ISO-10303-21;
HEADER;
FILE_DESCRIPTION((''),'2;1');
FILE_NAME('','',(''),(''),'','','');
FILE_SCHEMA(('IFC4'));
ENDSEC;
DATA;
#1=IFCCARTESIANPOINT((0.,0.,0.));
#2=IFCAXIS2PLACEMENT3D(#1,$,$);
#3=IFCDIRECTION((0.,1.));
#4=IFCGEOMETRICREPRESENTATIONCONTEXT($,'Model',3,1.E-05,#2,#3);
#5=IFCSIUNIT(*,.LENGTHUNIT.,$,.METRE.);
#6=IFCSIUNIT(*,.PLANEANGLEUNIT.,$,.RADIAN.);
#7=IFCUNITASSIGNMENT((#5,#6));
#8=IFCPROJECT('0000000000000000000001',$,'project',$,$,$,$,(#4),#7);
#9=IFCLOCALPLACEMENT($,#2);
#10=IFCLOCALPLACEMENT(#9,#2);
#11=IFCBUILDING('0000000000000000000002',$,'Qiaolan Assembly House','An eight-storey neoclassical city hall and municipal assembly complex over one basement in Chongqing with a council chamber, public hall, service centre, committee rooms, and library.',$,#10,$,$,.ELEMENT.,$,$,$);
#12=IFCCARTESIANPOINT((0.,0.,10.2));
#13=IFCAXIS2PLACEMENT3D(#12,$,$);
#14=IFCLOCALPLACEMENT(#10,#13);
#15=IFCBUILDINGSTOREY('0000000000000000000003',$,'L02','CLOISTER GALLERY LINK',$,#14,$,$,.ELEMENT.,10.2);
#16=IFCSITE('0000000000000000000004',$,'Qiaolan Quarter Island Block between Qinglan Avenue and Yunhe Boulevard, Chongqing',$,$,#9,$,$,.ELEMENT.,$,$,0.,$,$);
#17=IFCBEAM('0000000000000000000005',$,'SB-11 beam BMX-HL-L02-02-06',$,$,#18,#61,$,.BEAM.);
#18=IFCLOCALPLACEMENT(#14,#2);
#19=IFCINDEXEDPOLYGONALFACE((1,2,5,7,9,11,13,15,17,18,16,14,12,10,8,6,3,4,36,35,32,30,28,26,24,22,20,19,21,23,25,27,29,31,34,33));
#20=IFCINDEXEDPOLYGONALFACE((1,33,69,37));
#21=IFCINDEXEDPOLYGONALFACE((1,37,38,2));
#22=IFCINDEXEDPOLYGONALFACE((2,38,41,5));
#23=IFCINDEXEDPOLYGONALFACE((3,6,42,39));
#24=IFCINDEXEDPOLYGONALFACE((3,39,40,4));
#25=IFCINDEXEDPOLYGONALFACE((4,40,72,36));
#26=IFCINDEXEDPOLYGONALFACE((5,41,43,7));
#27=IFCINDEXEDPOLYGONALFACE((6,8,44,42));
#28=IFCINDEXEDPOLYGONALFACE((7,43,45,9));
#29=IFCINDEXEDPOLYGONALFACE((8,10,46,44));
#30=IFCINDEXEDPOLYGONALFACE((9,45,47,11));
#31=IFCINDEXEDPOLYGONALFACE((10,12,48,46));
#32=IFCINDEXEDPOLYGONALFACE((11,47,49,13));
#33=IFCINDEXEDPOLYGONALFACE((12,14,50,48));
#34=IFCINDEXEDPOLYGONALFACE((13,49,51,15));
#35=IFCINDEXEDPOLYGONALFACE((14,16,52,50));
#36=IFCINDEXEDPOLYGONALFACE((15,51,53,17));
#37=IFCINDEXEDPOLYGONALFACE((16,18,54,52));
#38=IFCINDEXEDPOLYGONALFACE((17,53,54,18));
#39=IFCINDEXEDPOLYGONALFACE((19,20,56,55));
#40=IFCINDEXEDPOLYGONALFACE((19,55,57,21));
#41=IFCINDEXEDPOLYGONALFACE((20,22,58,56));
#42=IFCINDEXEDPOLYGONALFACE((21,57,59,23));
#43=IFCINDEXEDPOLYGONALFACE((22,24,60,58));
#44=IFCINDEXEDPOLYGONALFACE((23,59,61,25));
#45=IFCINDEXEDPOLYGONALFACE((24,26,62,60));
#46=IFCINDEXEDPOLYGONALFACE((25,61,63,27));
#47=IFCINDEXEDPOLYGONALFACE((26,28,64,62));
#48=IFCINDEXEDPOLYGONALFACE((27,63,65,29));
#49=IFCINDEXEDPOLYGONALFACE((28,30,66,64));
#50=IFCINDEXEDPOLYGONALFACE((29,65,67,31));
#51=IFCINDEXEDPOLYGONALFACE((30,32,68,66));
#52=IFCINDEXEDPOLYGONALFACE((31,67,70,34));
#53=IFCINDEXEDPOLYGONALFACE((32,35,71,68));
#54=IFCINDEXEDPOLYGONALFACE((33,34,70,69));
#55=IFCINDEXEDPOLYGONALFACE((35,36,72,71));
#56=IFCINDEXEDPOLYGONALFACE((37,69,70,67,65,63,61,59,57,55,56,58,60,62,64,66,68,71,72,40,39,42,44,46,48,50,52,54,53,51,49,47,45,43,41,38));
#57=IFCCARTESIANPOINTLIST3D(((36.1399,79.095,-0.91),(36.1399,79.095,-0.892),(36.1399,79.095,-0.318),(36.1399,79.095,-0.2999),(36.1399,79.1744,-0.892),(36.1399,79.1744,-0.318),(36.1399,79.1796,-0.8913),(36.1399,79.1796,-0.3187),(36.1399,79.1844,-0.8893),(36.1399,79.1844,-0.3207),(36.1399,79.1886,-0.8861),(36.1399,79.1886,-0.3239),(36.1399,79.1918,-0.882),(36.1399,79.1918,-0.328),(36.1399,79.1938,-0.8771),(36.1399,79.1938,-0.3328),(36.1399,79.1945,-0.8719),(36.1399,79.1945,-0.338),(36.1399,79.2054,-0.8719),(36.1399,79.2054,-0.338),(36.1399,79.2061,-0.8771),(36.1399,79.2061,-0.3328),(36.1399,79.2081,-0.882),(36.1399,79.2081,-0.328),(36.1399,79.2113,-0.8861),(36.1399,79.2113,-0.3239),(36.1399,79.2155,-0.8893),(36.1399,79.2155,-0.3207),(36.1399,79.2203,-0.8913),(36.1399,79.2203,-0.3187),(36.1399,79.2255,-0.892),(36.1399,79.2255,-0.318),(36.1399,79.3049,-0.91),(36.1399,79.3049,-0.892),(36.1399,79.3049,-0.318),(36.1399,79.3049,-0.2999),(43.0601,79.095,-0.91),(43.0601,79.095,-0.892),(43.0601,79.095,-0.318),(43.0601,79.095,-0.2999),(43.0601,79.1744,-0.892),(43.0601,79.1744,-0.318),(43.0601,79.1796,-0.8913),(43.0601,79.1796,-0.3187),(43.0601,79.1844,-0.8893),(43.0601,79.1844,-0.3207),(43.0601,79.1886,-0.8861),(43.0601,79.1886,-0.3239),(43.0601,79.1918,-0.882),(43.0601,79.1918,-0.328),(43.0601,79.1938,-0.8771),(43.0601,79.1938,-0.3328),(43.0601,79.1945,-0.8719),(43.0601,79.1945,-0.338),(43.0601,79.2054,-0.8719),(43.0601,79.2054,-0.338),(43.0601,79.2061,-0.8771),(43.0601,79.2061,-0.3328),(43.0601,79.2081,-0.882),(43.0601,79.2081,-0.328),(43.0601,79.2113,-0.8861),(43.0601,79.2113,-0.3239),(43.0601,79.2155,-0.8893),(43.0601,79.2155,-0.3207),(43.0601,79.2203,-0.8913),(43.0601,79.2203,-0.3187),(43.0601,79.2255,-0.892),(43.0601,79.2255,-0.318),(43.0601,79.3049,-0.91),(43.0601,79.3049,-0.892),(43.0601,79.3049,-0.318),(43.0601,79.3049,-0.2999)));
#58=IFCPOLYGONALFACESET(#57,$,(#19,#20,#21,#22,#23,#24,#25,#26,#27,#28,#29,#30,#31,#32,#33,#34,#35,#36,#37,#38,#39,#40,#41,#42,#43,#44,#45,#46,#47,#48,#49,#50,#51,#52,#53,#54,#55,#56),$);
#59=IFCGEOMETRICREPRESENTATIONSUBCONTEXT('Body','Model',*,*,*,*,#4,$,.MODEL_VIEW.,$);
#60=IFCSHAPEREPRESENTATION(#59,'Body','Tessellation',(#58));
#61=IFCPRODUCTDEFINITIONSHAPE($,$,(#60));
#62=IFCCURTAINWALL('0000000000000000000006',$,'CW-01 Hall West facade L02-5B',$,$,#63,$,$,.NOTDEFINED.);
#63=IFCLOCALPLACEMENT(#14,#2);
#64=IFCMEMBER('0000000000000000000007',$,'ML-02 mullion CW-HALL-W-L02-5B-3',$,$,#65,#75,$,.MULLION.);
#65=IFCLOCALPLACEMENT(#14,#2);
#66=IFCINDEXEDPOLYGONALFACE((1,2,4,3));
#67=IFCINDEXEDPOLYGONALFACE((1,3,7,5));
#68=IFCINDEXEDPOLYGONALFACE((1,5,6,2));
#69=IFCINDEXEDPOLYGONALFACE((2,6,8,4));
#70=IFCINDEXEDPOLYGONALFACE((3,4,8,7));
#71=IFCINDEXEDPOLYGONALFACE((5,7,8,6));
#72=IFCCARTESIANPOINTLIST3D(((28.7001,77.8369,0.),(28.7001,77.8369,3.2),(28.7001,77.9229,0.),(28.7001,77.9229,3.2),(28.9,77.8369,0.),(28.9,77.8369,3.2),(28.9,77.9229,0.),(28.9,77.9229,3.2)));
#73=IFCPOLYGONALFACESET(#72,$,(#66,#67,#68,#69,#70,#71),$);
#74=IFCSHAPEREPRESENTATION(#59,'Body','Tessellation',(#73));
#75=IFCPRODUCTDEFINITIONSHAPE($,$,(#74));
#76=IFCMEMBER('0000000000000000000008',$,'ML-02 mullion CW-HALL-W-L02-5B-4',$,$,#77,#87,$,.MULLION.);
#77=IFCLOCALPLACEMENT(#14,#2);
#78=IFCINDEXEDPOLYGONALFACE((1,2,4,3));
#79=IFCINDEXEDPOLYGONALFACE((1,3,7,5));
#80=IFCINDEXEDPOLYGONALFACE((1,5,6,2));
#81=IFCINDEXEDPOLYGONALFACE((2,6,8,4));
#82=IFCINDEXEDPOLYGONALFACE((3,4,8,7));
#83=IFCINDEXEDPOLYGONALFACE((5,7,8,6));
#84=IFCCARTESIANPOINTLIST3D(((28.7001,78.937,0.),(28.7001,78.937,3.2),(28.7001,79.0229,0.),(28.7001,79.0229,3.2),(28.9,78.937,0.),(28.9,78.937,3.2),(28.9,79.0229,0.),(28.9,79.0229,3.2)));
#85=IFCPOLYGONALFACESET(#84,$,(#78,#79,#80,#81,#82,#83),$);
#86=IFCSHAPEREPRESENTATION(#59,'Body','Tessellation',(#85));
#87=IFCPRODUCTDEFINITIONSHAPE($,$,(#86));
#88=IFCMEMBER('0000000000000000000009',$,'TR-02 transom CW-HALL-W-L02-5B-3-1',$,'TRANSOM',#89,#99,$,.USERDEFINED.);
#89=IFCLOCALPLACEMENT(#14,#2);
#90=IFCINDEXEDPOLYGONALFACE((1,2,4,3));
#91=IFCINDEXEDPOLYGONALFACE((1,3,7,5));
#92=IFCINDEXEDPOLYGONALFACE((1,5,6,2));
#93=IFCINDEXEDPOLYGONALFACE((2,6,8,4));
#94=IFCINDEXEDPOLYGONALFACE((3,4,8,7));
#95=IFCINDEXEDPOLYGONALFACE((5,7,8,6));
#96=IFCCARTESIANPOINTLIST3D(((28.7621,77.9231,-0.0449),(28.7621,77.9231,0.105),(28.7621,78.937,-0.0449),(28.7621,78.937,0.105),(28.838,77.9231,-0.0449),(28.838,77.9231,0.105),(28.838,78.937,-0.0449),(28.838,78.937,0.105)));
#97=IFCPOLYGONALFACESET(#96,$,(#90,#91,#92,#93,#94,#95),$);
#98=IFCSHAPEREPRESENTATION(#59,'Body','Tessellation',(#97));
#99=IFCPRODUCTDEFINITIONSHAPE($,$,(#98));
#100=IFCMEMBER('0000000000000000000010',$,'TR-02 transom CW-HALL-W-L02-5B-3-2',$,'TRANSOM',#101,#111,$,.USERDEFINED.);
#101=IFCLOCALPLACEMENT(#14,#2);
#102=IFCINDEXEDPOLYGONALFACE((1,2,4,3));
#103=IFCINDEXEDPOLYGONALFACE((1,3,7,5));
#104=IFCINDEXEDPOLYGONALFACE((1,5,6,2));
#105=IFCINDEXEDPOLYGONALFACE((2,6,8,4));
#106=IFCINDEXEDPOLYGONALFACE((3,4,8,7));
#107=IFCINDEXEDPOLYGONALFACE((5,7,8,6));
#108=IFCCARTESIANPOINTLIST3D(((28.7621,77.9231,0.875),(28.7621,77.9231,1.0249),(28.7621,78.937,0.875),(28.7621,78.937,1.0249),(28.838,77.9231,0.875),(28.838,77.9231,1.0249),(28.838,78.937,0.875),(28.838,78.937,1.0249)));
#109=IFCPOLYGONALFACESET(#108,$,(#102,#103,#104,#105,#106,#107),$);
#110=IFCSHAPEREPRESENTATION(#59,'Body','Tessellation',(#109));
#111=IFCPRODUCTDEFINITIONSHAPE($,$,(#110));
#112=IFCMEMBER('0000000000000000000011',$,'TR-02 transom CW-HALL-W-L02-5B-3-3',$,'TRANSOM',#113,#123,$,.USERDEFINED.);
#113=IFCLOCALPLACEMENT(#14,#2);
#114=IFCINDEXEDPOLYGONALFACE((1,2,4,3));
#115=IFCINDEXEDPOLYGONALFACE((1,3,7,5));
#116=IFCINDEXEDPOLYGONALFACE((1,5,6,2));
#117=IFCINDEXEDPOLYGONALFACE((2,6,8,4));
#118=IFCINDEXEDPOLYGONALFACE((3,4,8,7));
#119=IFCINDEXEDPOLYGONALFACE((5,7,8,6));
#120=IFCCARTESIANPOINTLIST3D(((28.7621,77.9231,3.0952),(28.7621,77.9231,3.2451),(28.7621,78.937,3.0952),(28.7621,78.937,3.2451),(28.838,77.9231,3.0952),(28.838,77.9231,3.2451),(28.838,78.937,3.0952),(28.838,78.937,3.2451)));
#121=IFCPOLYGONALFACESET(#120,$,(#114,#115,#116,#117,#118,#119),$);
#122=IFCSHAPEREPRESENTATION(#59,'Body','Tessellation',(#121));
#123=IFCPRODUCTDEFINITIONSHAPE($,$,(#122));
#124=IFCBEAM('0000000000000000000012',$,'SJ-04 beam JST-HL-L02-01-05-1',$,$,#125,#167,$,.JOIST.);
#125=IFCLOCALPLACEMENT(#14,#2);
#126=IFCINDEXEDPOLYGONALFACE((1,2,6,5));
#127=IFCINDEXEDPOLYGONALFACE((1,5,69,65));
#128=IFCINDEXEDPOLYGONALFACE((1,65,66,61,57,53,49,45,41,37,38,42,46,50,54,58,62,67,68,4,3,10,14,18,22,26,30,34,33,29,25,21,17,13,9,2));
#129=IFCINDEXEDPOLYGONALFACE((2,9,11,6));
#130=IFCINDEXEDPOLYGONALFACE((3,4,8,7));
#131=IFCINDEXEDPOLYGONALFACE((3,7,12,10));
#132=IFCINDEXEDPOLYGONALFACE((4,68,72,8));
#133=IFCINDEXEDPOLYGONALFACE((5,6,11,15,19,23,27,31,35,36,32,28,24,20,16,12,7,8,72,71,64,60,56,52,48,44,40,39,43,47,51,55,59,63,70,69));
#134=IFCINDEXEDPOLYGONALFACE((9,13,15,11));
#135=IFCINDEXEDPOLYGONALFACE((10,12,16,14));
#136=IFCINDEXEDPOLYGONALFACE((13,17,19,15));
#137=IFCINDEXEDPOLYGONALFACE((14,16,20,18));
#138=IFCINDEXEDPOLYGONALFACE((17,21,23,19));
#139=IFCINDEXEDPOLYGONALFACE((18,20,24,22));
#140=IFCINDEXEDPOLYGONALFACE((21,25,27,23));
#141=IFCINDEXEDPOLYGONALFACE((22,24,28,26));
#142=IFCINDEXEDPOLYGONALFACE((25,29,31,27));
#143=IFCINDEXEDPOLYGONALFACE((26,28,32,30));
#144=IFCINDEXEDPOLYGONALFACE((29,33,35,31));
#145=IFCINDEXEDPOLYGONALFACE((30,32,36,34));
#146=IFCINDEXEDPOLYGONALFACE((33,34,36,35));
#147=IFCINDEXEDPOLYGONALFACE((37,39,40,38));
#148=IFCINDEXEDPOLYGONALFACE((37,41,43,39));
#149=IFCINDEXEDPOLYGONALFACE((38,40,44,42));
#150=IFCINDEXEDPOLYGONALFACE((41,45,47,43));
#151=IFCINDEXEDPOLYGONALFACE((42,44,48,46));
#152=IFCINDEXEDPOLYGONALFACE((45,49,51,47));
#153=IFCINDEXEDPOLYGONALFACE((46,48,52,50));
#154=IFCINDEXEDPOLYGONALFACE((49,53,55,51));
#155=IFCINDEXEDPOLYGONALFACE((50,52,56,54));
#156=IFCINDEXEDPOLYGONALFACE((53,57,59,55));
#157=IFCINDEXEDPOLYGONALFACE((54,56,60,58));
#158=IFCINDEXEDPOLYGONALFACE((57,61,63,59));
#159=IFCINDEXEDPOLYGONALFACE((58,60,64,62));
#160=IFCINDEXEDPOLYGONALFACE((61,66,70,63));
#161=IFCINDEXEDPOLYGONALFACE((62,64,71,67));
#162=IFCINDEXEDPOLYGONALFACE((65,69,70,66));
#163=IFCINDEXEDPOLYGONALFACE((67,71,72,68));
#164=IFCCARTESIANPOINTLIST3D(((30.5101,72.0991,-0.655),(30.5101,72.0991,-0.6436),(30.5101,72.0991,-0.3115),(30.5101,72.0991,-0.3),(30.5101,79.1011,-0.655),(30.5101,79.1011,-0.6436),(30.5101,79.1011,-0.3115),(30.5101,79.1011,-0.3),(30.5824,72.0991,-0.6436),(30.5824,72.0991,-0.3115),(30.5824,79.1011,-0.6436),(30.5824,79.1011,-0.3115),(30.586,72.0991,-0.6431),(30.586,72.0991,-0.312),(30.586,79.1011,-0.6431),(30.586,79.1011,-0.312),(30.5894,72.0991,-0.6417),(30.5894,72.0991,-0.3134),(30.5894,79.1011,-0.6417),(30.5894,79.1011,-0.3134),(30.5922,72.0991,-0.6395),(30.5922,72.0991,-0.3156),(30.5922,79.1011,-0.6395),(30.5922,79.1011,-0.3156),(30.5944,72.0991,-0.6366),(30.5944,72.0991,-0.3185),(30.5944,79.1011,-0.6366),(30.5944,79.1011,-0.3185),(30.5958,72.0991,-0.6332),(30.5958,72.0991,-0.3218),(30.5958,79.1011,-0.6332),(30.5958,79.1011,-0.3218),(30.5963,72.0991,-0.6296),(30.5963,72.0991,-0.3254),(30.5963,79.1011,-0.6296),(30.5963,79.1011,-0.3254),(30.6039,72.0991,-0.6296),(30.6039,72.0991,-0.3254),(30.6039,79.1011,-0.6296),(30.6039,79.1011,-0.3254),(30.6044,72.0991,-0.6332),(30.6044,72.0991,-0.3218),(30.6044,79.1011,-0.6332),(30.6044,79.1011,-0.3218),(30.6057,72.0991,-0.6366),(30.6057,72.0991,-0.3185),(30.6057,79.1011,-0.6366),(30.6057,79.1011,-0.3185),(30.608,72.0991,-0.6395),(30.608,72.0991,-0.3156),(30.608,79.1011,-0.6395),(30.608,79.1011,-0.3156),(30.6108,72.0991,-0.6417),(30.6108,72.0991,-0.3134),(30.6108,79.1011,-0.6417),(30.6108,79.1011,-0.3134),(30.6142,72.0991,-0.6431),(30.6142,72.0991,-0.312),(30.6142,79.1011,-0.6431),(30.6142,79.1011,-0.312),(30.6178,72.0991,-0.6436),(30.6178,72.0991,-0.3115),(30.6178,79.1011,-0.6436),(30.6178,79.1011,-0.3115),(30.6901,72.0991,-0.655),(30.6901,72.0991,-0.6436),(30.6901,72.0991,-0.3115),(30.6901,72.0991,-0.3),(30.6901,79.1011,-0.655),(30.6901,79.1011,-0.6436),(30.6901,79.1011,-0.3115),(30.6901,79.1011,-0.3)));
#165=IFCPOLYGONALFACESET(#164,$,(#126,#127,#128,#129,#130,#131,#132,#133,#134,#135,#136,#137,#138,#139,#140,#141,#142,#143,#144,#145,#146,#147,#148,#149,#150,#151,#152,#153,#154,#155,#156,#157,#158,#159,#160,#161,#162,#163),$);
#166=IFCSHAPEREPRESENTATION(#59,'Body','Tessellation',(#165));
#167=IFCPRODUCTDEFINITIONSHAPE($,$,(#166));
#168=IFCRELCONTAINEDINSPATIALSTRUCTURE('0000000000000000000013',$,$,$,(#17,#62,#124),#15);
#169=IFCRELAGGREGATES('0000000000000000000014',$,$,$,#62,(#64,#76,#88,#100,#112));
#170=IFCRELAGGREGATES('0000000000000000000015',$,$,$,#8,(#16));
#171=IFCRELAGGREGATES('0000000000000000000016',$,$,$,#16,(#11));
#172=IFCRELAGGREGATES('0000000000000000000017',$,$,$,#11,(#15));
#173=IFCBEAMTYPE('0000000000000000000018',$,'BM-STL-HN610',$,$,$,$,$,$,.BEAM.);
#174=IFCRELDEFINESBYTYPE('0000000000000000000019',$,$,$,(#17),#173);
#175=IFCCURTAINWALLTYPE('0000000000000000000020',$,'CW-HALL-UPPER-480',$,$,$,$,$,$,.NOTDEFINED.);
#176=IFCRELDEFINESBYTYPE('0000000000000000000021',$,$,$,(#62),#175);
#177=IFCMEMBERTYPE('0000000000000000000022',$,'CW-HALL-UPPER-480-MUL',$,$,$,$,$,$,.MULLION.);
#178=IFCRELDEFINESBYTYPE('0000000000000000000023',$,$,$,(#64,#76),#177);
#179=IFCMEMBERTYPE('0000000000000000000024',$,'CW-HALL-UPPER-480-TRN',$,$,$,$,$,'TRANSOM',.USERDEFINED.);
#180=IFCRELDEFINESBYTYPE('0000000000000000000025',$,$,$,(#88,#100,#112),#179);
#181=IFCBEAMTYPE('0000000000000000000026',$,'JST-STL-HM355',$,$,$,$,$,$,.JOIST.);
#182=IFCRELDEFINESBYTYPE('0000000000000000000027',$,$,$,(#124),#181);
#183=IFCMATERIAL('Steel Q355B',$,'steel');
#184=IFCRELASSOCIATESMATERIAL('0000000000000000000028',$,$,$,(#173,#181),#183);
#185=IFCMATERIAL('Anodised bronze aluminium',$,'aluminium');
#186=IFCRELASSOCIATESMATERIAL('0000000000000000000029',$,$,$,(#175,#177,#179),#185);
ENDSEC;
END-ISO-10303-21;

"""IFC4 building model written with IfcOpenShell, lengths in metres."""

from ifc_helpers import new_model, si_unit, direction, frame, origin, origin_2d, place, context, subcontext, project, spatial, rectangle, i_section, extrude, material, material_profile, profile_set, type_object, element, aggregate, save


model = new_model("IFC4")

# Units and contexts
model_context = context("Model", 3, precision=1e-05, world=origin(), true_north=direction((0.0, 1.0)))
body_context = subcontext(model_context, "Body", "Model", "MODEL_VIEW")
ifc_project = project(units=[si_unit("LENGTHUNIT", "METRE"), si_unit("PLANEANGLEUNIT", "RADIAN")], contexts=[model_context])

# Site, building, storey
site_placement = place(None, origin())
site = spatial("IfcSite", under=ifc_project, at=site_placement, Name="Qiaolan Quarter Island Block between Qinglan Avenue and Yunhe Boulevard, Chongqing", CompositionType="ELEMENT", RefElevation=0.0)
building_placement = place(site_placement, origin())
building = spatial("IfcBuilding", under=site, at=building_placement, Name="Qiaolan Assembly House", Description="An eight-storey neoclassical city hall and municipal assembly complex over one basement in Chongqing with a council chamber, public hall, service centre, committee rooms, and library.", CompositionType="ELEMENT")
storey_placement = place(building_placement, frame((0.0, 0.0, 10.2)))
storey = spatial("IfcBuildingStorey", under=building, at=storey_placement, Name="L02", Description="CLOISTER GALLERY LINK", CompositionType="ELEMENT", Elevation=10.2)

# Shared definitions
ifc_material_1 = material(Name="Steel Q355B", Category="steel")

# Beam
ifc_material_profile_1 = material_profile(ifc_material_1, i_section(OverallWidth=0.21, OverallDepth=0.6101, WebThickness=0.011, FlangeThickness=0.0181, FilletRadius=0.02, at=origin_2d()), Name="HN 610x210x11x18")
ifc_profile_set_1 = profile_set([ifc_material_profile_1], Name="Steel Q355B")
beam_type_1 = type_object("IfcBeamType", Name="BM-STL-HN610", PredefinedType="BEAM", material=ifc_profile_set_1)
beam_1_placement = place(storey_placement, frame((36.1399, 79.2, -0.605), z_axis=(1.0, 0.0, 0.0), x_axis=(0.0, 1.0, 0.0)))
element("IfcBeam", 1, at=beam_1_placement, inside=storey, type_object=beam_type_1, Name="SB-11 beam BMX-HL-L02-02-06", PredefinedType="BEAM", context=body_context, shape_type="SweptSolid", body=[
    extrude(i_section(OverallWidth=0.21, OverallDepth=0.6101, WebThickness=0.011, FlangeThickness=0.0181, FilletRadius=0.02, at=origin_2d()), origin(), (0.0, 0.0, 1.0), 6.9202),
])

# Curtain wall, members
ifc_material_2 = material(Name="Anodised bronze aluminium", Category="aluminium")
curtain_wall_type = type_object("IfcCurtainWallType", Name="CW-HALL-UPPER-480", PredefinedType="NOTDEFINED", material=ifc_material_2)
curtain_wall_placement = place(storey_placement, origin())
curtain_wall = element("IfcCurtainWall", 2, at=curtain_wall_placement, inside=storey, type_object=curtain_wall_type, Name="CW-01 Hall West facade L02-5B", PredefinedType="NOTDEFINED")
ifc_material_profile_2 = material_profile(ifc_material_2, rectangle(XDim=0.0859, YDim=0.2, at=origin_2d()), Name="MUL 86x200")
ifc_profile_set_2 = profile_set([ifc_material_profile_2], Name="Anodised bronze aluminium")
member_type_1 = type_object("IfcMemberType", Name="CW-HALL-UPPER-480-MUL", PredefinedType="MULLION", material=ifc_profile_set_2)
member_1_placement = place(storey_placement, frame((28.8, 77.8799, 0.0), z_axis=(0.0, 0.0, 1.0), x_axis=(0.0, 1.0, 0.0)))
member_1 = element("IfcMember", 3, at=member_1_placement, type_object=member_type_1, Name="ML-02 mullion CW-HALL-W-L02-5B-3", PredefinedType="MULLION", context=body_context, shape_type="SweptSolid", body=[
    extrude(rectangle(XDim=0.0859, YDim=0.2, at=origin_2d()), origin(), (0.0, 0.0, 1.0), 3.2),
])
member_2_placement = place(storey_placement, frame((28.8, 78.98, 0.0), z_axis=(0.0, 0.0, 1.0), x_axis=(0.0, 1.0, 0.0)))
member_2 = element("IfcMember", 4, at=member_2_placement, type_object=member_type_1, Name="ML-02 mullion CW-HALL-W-L02-5B-4", PredefinedType="MULLION", context=body_context, shape_type="SweptSolid", body=[
    extrude(rectangle(XDim=0.0859, YDim=0.2, at=origin_2d()), origin(), (0.0, 0.0, 1.0), 3.2),
])
ifc_material_profile_3 = material_profile(ifc_material_2, rectangle(XDim=0.0759, YDim=0.1499, at=origin_2d()), Name="TRN 76x150")
ifc_profile_set_3 = profile_set([ifc_material_profile_3], Name="Anodised bronze aluminium")
member_type_2 = type_object("IfcMemberType", Name="CW-HALL-UPPER-480-TRN", ElementType="TRANSOM", PredefinedType="USERDEFINED", material=ifc_profile_set_3)
member_3_placement = place(storey_placement, frame((28.8, 77.9231, 0.03), z_axis=(0.0, 1.0, 0.0), x_axis=(-1.0, 0.0, 0.0)))
member_3 = element("IfcMember", 5, at=member_3_placement, type_object=member_type_2, Name="TR-02 transom CW-HALL-W-L02-5B-3-1", ObjectType="TRANSOM", PredefinedType="USERDEFINED", context=body_context, shape_type="SweptSolid", body=[
    extrude(rectangle(XDim=0.0759, YDim=0.1499, at=origin_2d()), origin(), (0.0, 0.0, 1.0), 1.0139),
])
member_4_placement = place(storey_placement, frame((28.8, 77.9231, 0.95), z_axis=(0.0, 1.0, 0.0), x_axis=(-1.0, 0.0, 0.0)))
member_4 = element("IfcMember", 6, at=member_4_placement, type_object=member_type_2, Name="TR-02 transom CW-HALL-W-L02-5B-3-2", ObjectType="TRANSOM", PredefinedType="USERDEFINED", context=body_context, shape_type="SweptSolid", body=[
    extrude(rectangle(XDim=0.0759, YDim=0.1499, at=origin_2d()), origin(), (0.0, 0.0, 1.0), 1.0139),
])
member_5_placement = place(storey_placement, frame((28.8, 77.9231, 3.1702), z_axis=(0.0, 1.0, 0.0), x_axis=(-1.0, 0.0, 0.0)))
member_5 = element("IfcMember", 7, at=member_5_placement, type_object=member_type_2, Name="TR-02 transom CW-HALL-W-L02-5B-3-3", ObjectType="TRANSOM", PredefinedType="USERDEFINED", context=body_context, shape_type="SweptSolid", body=[
    extrude(rectangle(XDim=0.0759, YDim=0.1499, at=origin_2d()), origin(), (0.0, 0.0, 1.0), 1.0139),
])

# Beam
ifc_material_profile_4 = material_profile(ifc_material_1, i_section(OverallWidth=0.1799, OverallDepth=0.355, WebThickness=0.0076, FlangeThickness=0.0115, FilletRadius=0.0139, at=origin_2d()), Name="HM 355x180x7.5x11.5")
ifc_profile_set_4 = profile_set([ifc_material_profile_4], Name="Steel Q355B")
beam_type_2 = type_object("IfcBeamType", Name="JST-STL-HM355", PredefinedType="JOIST", material=ifc_profile_set_4)
for number, where, z_axis, x_axis, name in (
    (8, (30.6001, 72.0991, -0.4775), (0.0, 1.0, 0.0), (-1.0, 0.0, 0.0), "SJ-04 beam JST-HL-L02-01-05-1"),
):
    element("IfcBeam", number, at=place(storey_placement, frame(where, z_axis=z_axis, x_axis=x_axis)), inside=storey, type_object=beam_type_2, Name=name, PredefinedType="JOIST", context=body_context, shape_type="SweptSolid", body=[
        extrude(i_section(OverallWidth=0.1799, OverallDepth=0.355, WebThickness=0.0076, FlangeThickness=0.0115, FilletRadius=0.0139, at=origin_2d()), origin(), (0.0, 0.0, 1.0), 7.002),
    ])

aggregate(curtain_wall, [member_1, member_2, member_3, member_4, member_5])

save(model, "model.ifc")
